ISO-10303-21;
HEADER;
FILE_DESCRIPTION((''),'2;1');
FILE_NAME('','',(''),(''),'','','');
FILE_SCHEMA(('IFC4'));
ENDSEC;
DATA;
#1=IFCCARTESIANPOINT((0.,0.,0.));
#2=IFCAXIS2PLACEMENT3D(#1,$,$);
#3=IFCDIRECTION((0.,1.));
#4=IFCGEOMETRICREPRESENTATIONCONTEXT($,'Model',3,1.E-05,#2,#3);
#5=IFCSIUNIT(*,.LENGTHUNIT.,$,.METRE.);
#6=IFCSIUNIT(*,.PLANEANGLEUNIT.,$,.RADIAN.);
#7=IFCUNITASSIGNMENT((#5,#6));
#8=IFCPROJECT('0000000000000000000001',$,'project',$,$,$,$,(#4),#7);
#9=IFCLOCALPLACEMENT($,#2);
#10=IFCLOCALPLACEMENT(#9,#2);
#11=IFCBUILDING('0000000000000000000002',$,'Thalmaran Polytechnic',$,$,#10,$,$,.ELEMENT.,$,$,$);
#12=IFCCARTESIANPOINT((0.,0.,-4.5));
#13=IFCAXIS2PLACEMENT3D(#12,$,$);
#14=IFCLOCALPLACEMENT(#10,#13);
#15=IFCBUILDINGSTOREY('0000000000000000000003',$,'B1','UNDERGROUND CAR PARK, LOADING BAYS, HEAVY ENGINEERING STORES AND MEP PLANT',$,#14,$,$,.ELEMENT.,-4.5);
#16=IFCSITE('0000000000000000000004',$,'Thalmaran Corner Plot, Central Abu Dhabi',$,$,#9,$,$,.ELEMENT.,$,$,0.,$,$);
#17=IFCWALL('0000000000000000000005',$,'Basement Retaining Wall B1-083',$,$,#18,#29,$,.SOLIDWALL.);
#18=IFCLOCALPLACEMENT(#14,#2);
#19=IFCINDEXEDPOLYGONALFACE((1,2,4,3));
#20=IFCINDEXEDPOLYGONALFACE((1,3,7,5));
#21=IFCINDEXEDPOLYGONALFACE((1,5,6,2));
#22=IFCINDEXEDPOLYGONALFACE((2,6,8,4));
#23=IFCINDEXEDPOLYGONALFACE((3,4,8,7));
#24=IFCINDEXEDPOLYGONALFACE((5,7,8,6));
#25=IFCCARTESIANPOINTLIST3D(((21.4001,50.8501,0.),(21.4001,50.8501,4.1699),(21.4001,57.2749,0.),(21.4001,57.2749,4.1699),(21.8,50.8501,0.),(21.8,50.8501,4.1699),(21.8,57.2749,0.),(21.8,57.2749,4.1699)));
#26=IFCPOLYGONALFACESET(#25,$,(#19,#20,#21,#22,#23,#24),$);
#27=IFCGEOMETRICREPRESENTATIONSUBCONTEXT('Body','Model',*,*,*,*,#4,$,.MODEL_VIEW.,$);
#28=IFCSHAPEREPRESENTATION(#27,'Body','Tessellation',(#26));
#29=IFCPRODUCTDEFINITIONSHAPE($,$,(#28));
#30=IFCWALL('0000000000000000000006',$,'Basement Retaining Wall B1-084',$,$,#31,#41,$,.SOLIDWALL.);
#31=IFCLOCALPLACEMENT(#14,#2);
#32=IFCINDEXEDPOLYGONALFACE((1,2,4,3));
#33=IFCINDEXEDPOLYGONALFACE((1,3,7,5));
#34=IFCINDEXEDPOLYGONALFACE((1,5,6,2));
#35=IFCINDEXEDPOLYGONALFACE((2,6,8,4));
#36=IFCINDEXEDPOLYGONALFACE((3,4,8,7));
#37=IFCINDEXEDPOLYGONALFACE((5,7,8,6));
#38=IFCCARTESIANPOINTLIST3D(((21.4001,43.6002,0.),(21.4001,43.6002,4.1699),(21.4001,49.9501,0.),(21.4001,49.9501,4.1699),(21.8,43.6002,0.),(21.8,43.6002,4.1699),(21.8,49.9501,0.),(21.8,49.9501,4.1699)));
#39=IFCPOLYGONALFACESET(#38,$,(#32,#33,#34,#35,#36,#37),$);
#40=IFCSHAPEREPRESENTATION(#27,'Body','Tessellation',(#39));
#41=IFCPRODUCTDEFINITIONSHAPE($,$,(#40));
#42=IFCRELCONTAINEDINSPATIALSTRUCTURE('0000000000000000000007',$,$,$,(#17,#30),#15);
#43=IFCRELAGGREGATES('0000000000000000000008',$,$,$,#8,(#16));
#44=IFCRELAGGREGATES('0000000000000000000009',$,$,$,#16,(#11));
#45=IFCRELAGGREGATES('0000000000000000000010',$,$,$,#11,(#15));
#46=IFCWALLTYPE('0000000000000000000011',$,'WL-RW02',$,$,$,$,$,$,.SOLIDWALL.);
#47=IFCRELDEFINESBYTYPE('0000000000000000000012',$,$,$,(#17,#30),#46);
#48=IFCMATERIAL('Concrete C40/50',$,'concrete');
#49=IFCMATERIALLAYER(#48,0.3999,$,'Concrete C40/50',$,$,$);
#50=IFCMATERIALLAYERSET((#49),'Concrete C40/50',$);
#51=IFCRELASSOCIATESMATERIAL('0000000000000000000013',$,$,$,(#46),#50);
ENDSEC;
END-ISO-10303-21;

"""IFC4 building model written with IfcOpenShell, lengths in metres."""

from ifc_helpers import new_model, si_unit, direction, frame, frame_2d, origin, place, context, subcontext, project, spatial, rectangle, extrude, material, layer, layer_set, type_object, element, save


model = new_model("IFC4")

# Units and contexts
model_context = context("Model", 3, precision=1e-05, world=origin(), true_north=direction((0.0, 1.0)))
body_context = subcontext(model_context, "Body", "Model", "MODEL_VIEW")
ifc_project = project(units=[si_unit("LENGTHUNIT", "METRE"), si_unit("PLANEANGLEUNIT", "RADIAN")], contexts=[model_context])

# Site, building, storey
site_placement = place(None, origin())
site = spatial("IfcSite", under=ifc_project, at=site_placement, Name="Thalmaran Corner Plot, Central Abu Dhabi", CompositionType="ELEMENT", RefElevation=0.0)
building_placement = place(site_placement, origin())
building = spatial("IfcBuilding", under=site, at=building_placement, Name="Thalmaran Polytechnic", CompositionType="ELEMENT")
storey_placement = place(building_placement, frame((0.0, 0.0, -4.5)))
storey = spatial("IfcBuildingStorey", under=building, at=storey_placement, Name="B1", Description="UNDERGROUND CAR PARK, LOADING BAYS, HEAVY ENGINEERING STORES AND MEP PLANT", CompositionType="ELEMENT", Elevation=-4.5)

# Shared definitions
ifc_material_1 = material(Name="Concrete C40/50", Category="concrete")

# Walls
ifc_layer = layer(ifc_material_1, 0.3999, Name="Concrete C40/50")
ifc_layer_set = layer_set([ifc_layer], Name="Concrete C40/50")
wall_type = type_object("IfcWallType", Name="WL-RW02", PredefinedType="SOLIDWALL", material=ifc_layer_set)
wall_1_placement = place(storey_placement, frame((21.6001, 57.2749, 0.0), z_axis=(0.0, 0.0, 1.0), x_axis=(0.0, -1.0, 0.0)))
element("IfcWall", 1, at=wall_1_placement, inside=storey, type_object=wall_type, Name="Basement Retaining Wall B1-083", PredefinedType="SOLIDWALL", context=body_context, shape_type="SweptSolid", body=[
    extrude(rectangle(XDim=6.4248, YDim=0.3999, at=frame_2d((3.2124, 0.0))), origin(), (0.0, 0.0, 1.0), 4.1699),
])
wall_2_placement = place(storey_placement, frame((21.6001, 49.95, 0.0), z_axis=(0.0, 0.0, 1.0), x_axis=(0.0, -1.0, 0.0)))
element("IfcWall", 2, at=wall_2_placement, inside=storey, type_object=wall_type, Name="Basement Retaining Wall B1-084", PredefinedType="SOLIDWALL", context=body_context, shape_type="SweptSolid", body=[
    extrude(rectangle(XDim=6.3499, YDim=0.3999, at=frame_2d((3.1748, 0.0))), origin(), (0.0, 0.0, 1.0), 4.1699),
])

save(model, "model.ifc")
